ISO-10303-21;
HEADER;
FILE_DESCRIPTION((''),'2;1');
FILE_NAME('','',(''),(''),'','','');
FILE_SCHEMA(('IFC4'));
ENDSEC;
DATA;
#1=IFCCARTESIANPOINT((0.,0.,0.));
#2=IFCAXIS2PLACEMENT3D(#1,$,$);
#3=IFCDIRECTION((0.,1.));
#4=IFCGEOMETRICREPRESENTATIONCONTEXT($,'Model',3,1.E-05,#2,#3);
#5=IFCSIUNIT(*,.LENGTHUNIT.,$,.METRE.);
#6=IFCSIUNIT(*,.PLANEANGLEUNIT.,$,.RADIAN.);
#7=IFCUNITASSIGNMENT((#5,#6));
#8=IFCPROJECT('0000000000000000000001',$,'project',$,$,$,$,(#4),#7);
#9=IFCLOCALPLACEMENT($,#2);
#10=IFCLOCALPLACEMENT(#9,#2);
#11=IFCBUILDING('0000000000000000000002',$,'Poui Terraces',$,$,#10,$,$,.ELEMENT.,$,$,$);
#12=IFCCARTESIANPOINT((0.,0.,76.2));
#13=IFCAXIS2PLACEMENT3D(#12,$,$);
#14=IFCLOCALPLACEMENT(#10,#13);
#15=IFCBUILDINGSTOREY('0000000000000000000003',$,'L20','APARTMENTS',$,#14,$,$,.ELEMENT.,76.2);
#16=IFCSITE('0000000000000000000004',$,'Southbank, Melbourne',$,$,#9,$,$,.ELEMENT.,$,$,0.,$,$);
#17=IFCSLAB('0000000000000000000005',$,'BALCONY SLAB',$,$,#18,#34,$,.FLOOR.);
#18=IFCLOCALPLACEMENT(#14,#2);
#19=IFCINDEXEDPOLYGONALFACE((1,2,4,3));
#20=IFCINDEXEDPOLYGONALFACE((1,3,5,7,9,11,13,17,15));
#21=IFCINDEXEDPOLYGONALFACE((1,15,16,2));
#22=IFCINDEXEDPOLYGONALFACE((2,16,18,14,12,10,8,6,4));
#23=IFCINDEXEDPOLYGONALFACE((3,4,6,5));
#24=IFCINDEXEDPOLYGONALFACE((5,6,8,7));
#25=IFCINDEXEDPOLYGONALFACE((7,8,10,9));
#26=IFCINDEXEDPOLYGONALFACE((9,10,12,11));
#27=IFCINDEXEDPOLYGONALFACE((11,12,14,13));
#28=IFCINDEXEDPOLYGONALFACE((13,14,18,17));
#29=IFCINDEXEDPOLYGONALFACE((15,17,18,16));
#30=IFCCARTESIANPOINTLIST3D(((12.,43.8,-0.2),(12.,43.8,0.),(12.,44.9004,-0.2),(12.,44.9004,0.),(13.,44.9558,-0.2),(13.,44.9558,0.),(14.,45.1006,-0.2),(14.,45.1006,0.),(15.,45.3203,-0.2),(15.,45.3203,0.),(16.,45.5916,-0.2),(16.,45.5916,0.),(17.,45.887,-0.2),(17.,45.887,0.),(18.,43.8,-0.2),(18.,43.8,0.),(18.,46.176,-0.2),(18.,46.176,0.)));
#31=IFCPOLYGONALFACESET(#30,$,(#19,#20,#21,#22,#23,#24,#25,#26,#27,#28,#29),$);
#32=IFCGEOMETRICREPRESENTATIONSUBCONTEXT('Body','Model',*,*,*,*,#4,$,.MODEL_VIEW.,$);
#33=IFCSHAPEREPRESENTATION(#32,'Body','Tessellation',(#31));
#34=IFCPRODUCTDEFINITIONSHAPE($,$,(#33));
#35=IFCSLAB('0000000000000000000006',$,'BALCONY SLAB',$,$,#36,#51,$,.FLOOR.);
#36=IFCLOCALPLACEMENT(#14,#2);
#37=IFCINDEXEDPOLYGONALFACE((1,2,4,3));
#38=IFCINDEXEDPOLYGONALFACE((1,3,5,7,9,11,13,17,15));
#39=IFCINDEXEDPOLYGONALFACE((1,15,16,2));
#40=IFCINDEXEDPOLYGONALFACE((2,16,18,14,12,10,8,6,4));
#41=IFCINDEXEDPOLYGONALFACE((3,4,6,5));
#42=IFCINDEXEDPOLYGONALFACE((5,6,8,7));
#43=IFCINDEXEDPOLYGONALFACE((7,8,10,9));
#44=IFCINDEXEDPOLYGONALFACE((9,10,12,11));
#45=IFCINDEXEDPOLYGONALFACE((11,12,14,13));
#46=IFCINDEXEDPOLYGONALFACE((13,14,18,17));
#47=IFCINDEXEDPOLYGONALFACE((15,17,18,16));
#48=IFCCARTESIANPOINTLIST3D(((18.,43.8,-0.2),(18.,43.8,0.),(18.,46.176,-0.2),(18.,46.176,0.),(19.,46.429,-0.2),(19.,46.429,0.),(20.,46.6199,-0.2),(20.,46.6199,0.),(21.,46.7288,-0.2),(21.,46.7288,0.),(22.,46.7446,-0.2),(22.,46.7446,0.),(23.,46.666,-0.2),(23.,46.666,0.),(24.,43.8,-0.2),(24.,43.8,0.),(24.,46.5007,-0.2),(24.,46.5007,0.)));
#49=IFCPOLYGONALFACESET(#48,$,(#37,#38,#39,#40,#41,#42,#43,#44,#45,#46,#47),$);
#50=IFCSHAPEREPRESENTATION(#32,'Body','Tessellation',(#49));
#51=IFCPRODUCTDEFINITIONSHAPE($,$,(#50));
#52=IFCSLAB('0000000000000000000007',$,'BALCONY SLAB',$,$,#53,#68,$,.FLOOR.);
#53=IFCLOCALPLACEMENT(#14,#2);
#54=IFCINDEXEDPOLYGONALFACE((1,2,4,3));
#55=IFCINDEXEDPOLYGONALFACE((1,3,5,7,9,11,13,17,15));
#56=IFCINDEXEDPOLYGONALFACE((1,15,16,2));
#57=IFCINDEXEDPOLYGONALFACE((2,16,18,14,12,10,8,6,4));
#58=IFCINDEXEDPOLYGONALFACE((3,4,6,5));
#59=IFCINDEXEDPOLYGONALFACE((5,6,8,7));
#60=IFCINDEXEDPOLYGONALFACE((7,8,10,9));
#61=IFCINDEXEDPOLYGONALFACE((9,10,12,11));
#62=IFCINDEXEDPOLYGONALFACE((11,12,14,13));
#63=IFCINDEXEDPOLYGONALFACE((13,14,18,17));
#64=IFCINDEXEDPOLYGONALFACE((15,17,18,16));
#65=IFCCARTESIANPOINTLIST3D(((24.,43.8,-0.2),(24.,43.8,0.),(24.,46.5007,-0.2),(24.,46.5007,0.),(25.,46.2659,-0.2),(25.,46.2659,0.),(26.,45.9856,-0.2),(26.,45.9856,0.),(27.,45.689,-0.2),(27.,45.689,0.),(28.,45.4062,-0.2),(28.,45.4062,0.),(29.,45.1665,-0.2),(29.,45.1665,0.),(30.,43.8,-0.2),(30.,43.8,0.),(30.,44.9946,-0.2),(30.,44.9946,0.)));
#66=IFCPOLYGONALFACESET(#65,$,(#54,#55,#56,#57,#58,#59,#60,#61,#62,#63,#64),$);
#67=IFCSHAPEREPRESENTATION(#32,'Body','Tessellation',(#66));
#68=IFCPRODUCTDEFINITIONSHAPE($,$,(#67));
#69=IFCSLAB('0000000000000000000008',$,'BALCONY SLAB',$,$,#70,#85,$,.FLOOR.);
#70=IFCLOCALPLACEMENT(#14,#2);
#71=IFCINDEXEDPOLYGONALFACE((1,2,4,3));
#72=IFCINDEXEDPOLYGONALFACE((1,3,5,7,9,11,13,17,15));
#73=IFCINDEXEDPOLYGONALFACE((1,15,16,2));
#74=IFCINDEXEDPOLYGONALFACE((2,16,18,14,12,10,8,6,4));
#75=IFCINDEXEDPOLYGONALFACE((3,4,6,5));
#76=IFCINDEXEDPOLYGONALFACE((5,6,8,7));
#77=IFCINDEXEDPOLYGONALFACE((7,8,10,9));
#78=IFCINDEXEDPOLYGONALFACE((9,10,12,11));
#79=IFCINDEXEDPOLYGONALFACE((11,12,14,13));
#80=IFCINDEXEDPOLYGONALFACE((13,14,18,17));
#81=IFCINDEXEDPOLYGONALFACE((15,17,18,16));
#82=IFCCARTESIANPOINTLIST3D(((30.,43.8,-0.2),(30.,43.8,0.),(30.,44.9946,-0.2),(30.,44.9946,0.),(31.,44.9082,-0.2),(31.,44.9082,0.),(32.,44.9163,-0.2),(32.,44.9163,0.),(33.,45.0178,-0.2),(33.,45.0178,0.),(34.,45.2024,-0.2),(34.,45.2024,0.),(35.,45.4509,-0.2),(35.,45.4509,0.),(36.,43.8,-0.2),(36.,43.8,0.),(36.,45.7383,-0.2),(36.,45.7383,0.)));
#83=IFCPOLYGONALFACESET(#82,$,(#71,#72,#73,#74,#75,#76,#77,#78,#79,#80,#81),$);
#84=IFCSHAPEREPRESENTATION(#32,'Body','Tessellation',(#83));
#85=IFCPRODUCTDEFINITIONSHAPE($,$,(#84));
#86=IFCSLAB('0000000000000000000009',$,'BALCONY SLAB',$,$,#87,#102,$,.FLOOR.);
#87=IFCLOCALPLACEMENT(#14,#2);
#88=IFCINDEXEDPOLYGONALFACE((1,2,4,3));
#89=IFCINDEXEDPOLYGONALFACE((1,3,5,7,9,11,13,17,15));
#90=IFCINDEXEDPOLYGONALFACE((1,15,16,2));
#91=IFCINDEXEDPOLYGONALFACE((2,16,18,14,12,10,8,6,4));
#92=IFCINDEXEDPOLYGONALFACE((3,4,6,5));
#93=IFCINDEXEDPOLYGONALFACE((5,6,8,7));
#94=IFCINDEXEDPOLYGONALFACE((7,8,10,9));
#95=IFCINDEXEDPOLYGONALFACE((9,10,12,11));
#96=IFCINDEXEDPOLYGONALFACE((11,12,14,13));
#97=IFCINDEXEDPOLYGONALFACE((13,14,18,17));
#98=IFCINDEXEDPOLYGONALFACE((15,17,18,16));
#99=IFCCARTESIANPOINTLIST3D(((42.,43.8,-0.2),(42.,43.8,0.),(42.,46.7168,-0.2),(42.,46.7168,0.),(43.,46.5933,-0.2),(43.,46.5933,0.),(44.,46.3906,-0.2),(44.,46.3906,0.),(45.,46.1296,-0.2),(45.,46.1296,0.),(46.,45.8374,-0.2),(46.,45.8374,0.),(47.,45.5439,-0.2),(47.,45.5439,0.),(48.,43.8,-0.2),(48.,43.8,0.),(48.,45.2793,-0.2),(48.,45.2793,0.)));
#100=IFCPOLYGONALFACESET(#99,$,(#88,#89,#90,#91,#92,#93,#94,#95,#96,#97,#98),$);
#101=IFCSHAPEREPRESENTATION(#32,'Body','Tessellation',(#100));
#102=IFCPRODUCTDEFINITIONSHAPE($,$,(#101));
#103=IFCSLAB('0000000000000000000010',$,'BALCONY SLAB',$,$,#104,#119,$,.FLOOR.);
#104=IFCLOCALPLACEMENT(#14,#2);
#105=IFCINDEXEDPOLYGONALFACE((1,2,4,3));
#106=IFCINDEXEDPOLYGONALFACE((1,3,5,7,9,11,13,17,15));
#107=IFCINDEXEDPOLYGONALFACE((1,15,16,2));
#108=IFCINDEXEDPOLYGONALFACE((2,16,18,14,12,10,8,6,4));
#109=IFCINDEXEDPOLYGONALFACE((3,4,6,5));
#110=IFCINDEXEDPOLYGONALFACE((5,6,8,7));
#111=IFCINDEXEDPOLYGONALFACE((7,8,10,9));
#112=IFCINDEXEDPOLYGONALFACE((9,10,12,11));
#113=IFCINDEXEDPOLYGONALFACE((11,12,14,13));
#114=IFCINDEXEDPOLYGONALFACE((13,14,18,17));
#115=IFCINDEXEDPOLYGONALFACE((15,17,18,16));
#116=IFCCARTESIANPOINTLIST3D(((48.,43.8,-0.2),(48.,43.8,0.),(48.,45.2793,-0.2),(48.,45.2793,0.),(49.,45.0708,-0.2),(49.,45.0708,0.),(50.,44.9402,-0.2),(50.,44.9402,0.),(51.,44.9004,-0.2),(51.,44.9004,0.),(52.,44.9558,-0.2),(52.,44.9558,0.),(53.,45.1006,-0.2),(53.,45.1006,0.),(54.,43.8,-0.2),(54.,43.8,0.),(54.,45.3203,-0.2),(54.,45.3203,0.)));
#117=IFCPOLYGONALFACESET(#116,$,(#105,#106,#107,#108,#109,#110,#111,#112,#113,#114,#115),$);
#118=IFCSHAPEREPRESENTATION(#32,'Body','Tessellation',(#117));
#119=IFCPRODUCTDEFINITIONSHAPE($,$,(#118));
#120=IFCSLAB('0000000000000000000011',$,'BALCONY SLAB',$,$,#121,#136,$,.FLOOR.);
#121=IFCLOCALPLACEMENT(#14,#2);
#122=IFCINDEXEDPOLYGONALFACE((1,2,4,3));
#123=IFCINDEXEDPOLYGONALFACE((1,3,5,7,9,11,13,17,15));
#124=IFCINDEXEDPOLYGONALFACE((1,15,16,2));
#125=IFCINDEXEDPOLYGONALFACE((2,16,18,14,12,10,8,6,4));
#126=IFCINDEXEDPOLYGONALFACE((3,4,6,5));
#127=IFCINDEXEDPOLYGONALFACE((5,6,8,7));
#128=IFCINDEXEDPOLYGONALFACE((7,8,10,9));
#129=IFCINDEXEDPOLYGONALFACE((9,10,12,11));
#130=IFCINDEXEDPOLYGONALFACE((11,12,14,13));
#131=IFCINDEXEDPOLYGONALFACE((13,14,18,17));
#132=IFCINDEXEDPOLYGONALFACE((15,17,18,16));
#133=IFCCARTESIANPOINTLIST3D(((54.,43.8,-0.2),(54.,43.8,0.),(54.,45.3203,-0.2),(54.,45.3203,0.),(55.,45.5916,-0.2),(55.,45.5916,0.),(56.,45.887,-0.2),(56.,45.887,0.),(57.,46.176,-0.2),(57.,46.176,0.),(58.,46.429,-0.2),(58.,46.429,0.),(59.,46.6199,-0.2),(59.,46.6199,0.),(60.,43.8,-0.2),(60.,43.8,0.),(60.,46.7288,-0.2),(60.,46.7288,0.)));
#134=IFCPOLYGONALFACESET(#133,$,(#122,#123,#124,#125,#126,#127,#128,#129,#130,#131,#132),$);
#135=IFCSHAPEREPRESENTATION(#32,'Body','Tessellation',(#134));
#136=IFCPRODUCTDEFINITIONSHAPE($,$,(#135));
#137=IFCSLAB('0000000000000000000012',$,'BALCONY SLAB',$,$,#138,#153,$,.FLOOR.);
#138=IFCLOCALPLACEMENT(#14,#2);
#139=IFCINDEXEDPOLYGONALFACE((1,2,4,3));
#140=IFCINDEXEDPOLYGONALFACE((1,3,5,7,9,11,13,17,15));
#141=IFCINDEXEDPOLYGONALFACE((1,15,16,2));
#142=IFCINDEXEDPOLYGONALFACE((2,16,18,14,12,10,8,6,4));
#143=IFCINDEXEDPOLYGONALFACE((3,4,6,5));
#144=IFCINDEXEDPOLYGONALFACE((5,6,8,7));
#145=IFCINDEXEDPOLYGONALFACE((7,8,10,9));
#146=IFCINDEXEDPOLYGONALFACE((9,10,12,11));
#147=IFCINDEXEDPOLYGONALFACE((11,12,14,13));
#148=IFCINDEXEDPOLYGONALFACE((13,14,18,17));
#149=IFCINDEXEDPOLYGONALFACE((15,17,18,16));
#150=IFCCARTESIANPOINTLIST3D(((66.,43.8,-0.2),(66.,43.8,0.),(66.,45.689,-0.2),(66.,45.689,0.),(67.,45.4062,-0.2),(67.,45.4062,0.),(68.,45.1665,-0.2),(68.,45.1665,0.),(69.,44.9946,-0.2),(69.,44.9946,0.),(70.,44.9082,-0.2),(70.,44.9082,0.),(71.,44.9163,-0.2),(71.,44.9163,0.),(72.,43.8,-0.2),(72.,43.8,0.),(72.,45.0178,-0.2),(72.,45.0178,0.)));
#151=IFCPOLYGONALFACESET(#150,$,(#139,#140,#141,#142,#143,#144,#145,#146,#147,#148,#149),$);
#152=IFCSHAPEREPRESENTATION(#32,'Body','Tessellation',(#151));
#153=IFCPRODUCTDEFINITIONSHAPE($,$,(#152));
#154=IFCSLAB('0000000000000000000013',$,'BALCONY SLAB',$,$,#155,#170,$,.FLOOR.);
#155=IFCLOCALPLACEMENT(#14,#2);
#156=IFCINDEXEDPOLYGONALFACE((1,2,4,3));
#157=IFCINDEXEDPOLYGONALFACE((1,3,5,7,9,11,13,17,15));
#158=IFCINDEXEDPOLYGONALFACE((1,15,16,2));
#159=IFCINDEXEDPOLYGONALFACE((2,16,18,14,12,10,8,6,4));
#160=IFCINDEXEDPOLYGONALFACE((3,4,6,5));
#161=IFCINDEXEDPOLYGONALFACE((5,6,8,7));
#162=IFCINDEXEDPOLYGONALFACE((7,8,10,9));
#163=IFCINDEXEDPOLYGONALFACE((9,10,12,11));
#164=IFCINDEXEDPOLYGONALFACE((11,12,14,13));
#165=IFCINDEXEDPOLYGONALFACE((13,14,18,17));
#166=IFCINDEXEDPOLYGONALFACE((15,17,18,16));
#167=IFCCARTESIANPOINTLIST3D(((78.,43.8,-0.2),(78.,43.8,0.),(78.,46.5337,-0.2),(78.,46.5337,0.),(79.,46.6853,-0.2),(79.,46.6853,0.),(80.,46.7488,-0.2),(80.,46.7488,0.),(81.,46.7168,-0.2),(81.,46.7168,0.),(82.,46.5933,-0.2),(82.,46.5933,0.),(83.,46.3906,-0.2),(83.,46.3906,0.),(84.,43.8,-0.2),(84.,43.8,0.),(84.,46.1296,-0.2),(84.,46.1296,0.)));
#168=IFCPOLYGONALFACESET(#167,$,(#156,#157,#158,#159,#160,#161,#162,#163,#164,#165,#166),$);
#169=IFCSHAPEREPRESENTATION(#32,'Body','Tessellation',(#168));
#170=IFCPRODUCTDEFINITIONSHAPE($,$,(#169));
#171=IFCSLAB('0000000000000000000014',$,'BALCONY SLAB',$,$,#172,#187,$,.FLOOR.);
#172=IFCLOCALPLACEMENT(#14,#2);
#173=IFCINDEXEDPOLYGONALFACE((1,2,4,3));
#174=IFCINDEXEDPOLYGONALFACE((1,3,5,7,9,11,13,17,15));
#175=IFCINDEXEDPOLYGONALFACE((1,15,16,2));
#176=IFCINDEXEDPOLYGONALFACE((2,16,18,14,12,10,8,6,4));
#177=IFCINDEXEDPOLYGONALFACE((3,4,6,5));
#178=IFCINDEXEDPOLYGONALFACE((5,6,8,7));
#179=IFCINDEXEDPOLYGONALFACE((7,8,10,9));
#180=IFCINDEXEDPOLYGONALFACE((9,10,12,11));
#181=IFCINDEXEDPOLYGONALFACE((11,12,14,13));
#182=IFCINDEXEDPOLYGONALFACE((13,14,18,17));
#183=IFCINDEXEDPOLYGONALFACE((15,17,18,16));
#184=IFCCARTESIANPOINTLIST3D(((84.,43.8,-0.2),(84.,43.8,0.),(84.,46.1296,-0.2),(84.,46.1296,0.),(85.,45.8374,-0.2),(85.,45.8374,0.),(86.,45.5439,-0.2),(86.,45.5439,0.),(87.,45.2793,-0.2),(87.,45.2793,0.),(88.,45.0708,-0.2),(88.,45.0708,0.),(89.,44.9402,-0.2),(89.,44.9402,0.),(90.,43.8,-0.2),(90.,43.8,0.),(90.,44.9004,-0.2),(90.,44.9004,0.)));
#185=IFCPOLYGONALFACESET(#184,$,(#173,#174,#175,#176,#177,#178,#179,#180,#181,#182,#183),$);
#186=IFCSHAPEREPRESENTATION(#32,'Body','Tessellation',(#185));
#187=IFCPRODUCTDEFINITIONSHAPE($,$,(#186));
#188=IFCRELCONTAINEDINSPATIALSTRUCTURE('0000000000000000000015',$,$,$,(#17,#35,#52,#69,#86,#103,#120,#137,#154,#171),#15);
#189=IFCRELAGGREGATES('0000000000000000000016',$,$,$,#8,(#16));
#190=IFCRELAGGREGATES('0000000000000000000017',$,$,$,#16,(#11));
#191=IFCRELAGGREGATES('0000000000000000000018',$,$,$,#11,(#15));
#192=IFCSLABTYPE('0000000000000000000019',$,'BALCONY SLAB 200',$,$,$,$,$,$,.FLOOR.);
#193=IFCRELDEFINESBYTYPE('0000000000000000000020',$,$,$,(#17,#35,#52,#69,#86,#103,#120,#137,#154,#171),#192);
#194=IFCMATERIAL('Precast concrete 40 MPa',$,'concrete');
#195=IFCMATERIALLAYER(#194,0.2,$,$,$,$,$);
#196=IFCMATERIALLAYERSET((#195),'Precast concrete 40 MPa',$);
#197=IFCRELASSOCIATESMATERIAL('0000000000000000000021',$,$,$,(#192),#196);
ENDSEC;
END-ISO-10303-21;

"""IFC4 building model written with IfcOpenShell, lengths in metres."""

from ifc_helpers import new_model, si_unit, direction, frame, origin, place, context, subcontext, project, spatial, polyline, outline, extrude, material, layer, layer_set, type_object, element, save


model = new_model("IFC4")

# Units and contexts
model_context = context("Model", 3, precision=1e-05, world=origin(), true_north=direction((0.0, 1.0)))
body_context = subcontext(model_context, "Body", "Model", "MODEL_VIEW")
ifc_project = project(units=[si_unit("LENGTHUNIT", "METRE"), si_unit("PLANEANGLEUNIT", "RADIAN")], contexts=[model_context])

# Site, building, storey
site_placement = place(None, origin())
site = spatial("IfcSite", under=ifc_project, at=site_placement, Name="Southbank, Melbourne", CompositionType="ELEMENT", RefElevation=0.0)
building_placement = place(site_placement, origin())
building = spatial("IfcBuilding", under=site, at=building_placement, Name="Poui Terraces", CompositionType="ELEMENT")
storey_placement = place(building_placement, frame((0.0, 0.0, 76.2)))
storey = spatial("IfcBuildingStorey", under=building, at=storey_placement, Name="L20", Description="APARTMENTS", CompositionType="ELEMENT", Elevation=76.2)

# Slabs
ifc_material_1 = material(Name="Precast concrete 40 MPa", Category="concrete")
ifc_layer_1 = layer(ifc_material_1, 0.2)
ifc_layer_set_1 = layer_set([ifc_layer_1], Name="Precast concrete 40 MPa")
slab_type_1 = type_object("IfcSlabType", Name="BALCONY SLAB 200", PredefinedType="FLOOR", material=ifc_layer_set_1)
slab_1_placement = place(storey_placement, frame((0.0, 0.0, -0.2)))
element("IfcSlab", 1, at=slab_1_placement, inside=storey, type_object=slab_type_1, Name="BALCONY SLAB", PredefinedType="FLOOR", context=body_context, shape_type="SweptSolid", body=[
    extrude(outline(polyline([(12.0, 43.8), (18.0, 43.8), (18.0, 46.176), (17.0, 45.887), (16.0, 45.5916), (15.0, 45.3203), (14.0, 45.1006), (13.0, 44.9558), (12.0, 44.9004), (12.0, 43.8)])), origin(), (0.0, 0.0, 1.0), 0.2),
])
slab_2_placement = place(storey_placement, frame((0.0, 0.0, -0.2)))
element("IfcSlab", 2, at=slab_2_placement, inside=storey, type_object=slab_type_1, Name="BALCONY SLAB", PredefinedType="FLOOR", context=body_context, shape_type="SweptSolid", body=[
    extrude(outline(polyline([(18.0, 43.8), (24.0, 43.8), (24.0, 46.5007), (23.0, 46.666), (22.0, 46.7446), (21.0, 46.7288), (20.0, 46.6199), (19.0, 46.429), (18.0, 46.176), (18.0, 43.8)])), origin(), (0.0, 0.0, 1.0), 0.2),
])
slab_3_placement = place(storey_placement, frame((0.0, 0.0, -0.2)))
element("IfcSlab", 3, at=slab_3_placement, inside=storey, type_object=slab_type_1, Name="BALCONY SLAB", PredefinedType="FLOOR", context=body_context, shape_type="SweptSolid", body=[
    extrude(outline(polyline([(24.0, 43.8), (30.0, 43.8), (30.0, 44.9946), (29.0, 45.1665), (28.0, 45.4062), (27.0, 45.689), (26.0, 45.9856), (25.0, 46.2659), (24.0, 46.5007), (24.0, 43.8)])), origin(), (0.0, 0.0, 1.0), 0.2),
])
slab_4_placement = place(storey_placement, frame((0.0, 0.0, -0.2)))
element("IfcSlab", 4, at=slab_4_placement, inside=storey, type_object=slab_type_1, Name="BALCONY SLAB", PredefinedType="FLOOR", context=body_context, shape_type="SweptSolid", body=[
    extrude(outline(polyline([(30.0, 43.8), (36.0, 43.8), (36.0, 45.7383), (35.0, 45.4509), (34.0, 45.2024), (33.0, 45.0178), (32.0, 44.9163), (31.0, 44.9082), (30.0, 44.9946), (30.0, 43.8)])), origin(), (0.0, 0.0, 1.0), 0.2),
])
slab_5_placement = place(storey_placement, frame((0.0, 0.0, -0.2)))
element("IfcSlab", 5, at=slab_5_placement, inside=storey, type_object=slab_type_1, Name="BALCONY SLAB", PredefinedType="FLOOR", context=body_context, shape_type="SweptSolid", body=[
    extrude(outline(polyline([(42.0, 43.8), (48.0, 43.8), (48.0, 45.2793), (47.0, 45.5439), (46.0, 45.8374), (45.0, 46.1296), (44.0, 46.3906), (43.0, 46.5933), (42.0, 46.7168), (42.0, 43.8)])), origin(), (0.0, 0.0, 1.0), 0.2),
])
slab_6_placement = place(storey_placement, frame((0.0, 0.0, -0.2)))
element("IfcSlab", 6, at=slab_6_placement, inside=storey, type_object=slab_type_1, Name="BALCONY SLAB", PredefinedType="FLOOR", context=body_context, shape_type="SweptSolid", body=[
    extrude(outline(polyline([(48.0, 43.8), (54.0, 43.8), (54.0, 45.3203), (53.0, 45.1006), (52.0, 44.9558), (51.0, 44.9004), (50.0, 44.9402), (49.0, 45.0708), (48.0, 45.2793), (48.0, 43.8)])), origin(), (0.0, 0.0, 1.0), 0.2),
])
slab_7_placement = place(storey_placement, frame((0.0, 0.0, -0.2)))
element("IfcSlab", 7, at=slab_7_placement, inside=storey, type_object=slab_type_1, Name="BALCONY SLAB", PredefinedType="FLOOR", context=body_context, shape_type="SweptSolid", body=[
    extrude(outline(polyline([(54.0, 43.8), (60.0, 43.8), (60.0, 46.7288), (59.0, 46.6199), (58.0, 46.429), (57.0, 46.176), (56.0, 45.887), (55.0, 45.5916), (54.0, 45.3203), (54.0, 43.8)])), origin(), (0.0, 0.0, 1.0), 0.2),
])
slab_8_placement = place(storey_placement, frame((0.0, 0.0, -0.2)))
element("IfcSlab", 8, at=slab_8_placement, inside=storey, type_object=slab_type_1, Name="BALCONY SLAB", PredefinedType="FLOOR", context=body_context, shape_type="SweptSolid", body=[
    extrude(outline(polyline([(66.0, 43.8), (72.0, 43.8), (72.0, 45.0178), (71.0, 44.9163), (70.0, 44.9082), (69.0, 44.9946), (68.0, 45.1665), (67.0, 45.4062), (66.0, 45.689), (66.0, 43.8)])), origin(), (0.0, 0.0, 1.0), 0.2),
])
slab_9_placement = place(storey_placement, frame((0.0, 0.0, -0.2)))
element("IfcSlab", 9, at=slab_9_placement, inside=storey, type_object=slab_type_1, Name="BALCONY SLAB", PredefinedType="FLOOR", context=body_context, shape_type="SweptSolid", body=[
    extrude(outline(polyline([(78.0, 43.8), (84.0, 43.8), (84.0, 46.1296), (83.0, 46.3906), (82.0, 46.5933), (81.0, 46.7168), (80.0, 46.7488), (79.0, 46.6853), (78.0, 46.5337), (78.0, 43.8)])), origin(), (0.0, 0.0, 1.0), 0.2),
])
slab_10_placement = place(storey_placement, frame((0.0, 0.0, -0.2)))
element("IfcSlab", 10, at=slab_10_placement, inside=storey, type_object=slab_type_1, Name="BALCONY SLAB", PredefinedType="FLOOR", context=body_context, shape_type="SweptSolid", body=[
    extrude(outline(polyline([(84.0, 43.8), (90.0, 43.8), (90.0, 44.9004), (89.0, 44.9402), (88.0, 45.0708), (87.0, 45.2793), (86.0, 45.5439), (85.0, 45.8374), (84.0, 46.1296), (84.0, 43.8)])), origin(), (0.0, 0.0, 1.0), 0.2),
])

save(model, "model.ifc")
